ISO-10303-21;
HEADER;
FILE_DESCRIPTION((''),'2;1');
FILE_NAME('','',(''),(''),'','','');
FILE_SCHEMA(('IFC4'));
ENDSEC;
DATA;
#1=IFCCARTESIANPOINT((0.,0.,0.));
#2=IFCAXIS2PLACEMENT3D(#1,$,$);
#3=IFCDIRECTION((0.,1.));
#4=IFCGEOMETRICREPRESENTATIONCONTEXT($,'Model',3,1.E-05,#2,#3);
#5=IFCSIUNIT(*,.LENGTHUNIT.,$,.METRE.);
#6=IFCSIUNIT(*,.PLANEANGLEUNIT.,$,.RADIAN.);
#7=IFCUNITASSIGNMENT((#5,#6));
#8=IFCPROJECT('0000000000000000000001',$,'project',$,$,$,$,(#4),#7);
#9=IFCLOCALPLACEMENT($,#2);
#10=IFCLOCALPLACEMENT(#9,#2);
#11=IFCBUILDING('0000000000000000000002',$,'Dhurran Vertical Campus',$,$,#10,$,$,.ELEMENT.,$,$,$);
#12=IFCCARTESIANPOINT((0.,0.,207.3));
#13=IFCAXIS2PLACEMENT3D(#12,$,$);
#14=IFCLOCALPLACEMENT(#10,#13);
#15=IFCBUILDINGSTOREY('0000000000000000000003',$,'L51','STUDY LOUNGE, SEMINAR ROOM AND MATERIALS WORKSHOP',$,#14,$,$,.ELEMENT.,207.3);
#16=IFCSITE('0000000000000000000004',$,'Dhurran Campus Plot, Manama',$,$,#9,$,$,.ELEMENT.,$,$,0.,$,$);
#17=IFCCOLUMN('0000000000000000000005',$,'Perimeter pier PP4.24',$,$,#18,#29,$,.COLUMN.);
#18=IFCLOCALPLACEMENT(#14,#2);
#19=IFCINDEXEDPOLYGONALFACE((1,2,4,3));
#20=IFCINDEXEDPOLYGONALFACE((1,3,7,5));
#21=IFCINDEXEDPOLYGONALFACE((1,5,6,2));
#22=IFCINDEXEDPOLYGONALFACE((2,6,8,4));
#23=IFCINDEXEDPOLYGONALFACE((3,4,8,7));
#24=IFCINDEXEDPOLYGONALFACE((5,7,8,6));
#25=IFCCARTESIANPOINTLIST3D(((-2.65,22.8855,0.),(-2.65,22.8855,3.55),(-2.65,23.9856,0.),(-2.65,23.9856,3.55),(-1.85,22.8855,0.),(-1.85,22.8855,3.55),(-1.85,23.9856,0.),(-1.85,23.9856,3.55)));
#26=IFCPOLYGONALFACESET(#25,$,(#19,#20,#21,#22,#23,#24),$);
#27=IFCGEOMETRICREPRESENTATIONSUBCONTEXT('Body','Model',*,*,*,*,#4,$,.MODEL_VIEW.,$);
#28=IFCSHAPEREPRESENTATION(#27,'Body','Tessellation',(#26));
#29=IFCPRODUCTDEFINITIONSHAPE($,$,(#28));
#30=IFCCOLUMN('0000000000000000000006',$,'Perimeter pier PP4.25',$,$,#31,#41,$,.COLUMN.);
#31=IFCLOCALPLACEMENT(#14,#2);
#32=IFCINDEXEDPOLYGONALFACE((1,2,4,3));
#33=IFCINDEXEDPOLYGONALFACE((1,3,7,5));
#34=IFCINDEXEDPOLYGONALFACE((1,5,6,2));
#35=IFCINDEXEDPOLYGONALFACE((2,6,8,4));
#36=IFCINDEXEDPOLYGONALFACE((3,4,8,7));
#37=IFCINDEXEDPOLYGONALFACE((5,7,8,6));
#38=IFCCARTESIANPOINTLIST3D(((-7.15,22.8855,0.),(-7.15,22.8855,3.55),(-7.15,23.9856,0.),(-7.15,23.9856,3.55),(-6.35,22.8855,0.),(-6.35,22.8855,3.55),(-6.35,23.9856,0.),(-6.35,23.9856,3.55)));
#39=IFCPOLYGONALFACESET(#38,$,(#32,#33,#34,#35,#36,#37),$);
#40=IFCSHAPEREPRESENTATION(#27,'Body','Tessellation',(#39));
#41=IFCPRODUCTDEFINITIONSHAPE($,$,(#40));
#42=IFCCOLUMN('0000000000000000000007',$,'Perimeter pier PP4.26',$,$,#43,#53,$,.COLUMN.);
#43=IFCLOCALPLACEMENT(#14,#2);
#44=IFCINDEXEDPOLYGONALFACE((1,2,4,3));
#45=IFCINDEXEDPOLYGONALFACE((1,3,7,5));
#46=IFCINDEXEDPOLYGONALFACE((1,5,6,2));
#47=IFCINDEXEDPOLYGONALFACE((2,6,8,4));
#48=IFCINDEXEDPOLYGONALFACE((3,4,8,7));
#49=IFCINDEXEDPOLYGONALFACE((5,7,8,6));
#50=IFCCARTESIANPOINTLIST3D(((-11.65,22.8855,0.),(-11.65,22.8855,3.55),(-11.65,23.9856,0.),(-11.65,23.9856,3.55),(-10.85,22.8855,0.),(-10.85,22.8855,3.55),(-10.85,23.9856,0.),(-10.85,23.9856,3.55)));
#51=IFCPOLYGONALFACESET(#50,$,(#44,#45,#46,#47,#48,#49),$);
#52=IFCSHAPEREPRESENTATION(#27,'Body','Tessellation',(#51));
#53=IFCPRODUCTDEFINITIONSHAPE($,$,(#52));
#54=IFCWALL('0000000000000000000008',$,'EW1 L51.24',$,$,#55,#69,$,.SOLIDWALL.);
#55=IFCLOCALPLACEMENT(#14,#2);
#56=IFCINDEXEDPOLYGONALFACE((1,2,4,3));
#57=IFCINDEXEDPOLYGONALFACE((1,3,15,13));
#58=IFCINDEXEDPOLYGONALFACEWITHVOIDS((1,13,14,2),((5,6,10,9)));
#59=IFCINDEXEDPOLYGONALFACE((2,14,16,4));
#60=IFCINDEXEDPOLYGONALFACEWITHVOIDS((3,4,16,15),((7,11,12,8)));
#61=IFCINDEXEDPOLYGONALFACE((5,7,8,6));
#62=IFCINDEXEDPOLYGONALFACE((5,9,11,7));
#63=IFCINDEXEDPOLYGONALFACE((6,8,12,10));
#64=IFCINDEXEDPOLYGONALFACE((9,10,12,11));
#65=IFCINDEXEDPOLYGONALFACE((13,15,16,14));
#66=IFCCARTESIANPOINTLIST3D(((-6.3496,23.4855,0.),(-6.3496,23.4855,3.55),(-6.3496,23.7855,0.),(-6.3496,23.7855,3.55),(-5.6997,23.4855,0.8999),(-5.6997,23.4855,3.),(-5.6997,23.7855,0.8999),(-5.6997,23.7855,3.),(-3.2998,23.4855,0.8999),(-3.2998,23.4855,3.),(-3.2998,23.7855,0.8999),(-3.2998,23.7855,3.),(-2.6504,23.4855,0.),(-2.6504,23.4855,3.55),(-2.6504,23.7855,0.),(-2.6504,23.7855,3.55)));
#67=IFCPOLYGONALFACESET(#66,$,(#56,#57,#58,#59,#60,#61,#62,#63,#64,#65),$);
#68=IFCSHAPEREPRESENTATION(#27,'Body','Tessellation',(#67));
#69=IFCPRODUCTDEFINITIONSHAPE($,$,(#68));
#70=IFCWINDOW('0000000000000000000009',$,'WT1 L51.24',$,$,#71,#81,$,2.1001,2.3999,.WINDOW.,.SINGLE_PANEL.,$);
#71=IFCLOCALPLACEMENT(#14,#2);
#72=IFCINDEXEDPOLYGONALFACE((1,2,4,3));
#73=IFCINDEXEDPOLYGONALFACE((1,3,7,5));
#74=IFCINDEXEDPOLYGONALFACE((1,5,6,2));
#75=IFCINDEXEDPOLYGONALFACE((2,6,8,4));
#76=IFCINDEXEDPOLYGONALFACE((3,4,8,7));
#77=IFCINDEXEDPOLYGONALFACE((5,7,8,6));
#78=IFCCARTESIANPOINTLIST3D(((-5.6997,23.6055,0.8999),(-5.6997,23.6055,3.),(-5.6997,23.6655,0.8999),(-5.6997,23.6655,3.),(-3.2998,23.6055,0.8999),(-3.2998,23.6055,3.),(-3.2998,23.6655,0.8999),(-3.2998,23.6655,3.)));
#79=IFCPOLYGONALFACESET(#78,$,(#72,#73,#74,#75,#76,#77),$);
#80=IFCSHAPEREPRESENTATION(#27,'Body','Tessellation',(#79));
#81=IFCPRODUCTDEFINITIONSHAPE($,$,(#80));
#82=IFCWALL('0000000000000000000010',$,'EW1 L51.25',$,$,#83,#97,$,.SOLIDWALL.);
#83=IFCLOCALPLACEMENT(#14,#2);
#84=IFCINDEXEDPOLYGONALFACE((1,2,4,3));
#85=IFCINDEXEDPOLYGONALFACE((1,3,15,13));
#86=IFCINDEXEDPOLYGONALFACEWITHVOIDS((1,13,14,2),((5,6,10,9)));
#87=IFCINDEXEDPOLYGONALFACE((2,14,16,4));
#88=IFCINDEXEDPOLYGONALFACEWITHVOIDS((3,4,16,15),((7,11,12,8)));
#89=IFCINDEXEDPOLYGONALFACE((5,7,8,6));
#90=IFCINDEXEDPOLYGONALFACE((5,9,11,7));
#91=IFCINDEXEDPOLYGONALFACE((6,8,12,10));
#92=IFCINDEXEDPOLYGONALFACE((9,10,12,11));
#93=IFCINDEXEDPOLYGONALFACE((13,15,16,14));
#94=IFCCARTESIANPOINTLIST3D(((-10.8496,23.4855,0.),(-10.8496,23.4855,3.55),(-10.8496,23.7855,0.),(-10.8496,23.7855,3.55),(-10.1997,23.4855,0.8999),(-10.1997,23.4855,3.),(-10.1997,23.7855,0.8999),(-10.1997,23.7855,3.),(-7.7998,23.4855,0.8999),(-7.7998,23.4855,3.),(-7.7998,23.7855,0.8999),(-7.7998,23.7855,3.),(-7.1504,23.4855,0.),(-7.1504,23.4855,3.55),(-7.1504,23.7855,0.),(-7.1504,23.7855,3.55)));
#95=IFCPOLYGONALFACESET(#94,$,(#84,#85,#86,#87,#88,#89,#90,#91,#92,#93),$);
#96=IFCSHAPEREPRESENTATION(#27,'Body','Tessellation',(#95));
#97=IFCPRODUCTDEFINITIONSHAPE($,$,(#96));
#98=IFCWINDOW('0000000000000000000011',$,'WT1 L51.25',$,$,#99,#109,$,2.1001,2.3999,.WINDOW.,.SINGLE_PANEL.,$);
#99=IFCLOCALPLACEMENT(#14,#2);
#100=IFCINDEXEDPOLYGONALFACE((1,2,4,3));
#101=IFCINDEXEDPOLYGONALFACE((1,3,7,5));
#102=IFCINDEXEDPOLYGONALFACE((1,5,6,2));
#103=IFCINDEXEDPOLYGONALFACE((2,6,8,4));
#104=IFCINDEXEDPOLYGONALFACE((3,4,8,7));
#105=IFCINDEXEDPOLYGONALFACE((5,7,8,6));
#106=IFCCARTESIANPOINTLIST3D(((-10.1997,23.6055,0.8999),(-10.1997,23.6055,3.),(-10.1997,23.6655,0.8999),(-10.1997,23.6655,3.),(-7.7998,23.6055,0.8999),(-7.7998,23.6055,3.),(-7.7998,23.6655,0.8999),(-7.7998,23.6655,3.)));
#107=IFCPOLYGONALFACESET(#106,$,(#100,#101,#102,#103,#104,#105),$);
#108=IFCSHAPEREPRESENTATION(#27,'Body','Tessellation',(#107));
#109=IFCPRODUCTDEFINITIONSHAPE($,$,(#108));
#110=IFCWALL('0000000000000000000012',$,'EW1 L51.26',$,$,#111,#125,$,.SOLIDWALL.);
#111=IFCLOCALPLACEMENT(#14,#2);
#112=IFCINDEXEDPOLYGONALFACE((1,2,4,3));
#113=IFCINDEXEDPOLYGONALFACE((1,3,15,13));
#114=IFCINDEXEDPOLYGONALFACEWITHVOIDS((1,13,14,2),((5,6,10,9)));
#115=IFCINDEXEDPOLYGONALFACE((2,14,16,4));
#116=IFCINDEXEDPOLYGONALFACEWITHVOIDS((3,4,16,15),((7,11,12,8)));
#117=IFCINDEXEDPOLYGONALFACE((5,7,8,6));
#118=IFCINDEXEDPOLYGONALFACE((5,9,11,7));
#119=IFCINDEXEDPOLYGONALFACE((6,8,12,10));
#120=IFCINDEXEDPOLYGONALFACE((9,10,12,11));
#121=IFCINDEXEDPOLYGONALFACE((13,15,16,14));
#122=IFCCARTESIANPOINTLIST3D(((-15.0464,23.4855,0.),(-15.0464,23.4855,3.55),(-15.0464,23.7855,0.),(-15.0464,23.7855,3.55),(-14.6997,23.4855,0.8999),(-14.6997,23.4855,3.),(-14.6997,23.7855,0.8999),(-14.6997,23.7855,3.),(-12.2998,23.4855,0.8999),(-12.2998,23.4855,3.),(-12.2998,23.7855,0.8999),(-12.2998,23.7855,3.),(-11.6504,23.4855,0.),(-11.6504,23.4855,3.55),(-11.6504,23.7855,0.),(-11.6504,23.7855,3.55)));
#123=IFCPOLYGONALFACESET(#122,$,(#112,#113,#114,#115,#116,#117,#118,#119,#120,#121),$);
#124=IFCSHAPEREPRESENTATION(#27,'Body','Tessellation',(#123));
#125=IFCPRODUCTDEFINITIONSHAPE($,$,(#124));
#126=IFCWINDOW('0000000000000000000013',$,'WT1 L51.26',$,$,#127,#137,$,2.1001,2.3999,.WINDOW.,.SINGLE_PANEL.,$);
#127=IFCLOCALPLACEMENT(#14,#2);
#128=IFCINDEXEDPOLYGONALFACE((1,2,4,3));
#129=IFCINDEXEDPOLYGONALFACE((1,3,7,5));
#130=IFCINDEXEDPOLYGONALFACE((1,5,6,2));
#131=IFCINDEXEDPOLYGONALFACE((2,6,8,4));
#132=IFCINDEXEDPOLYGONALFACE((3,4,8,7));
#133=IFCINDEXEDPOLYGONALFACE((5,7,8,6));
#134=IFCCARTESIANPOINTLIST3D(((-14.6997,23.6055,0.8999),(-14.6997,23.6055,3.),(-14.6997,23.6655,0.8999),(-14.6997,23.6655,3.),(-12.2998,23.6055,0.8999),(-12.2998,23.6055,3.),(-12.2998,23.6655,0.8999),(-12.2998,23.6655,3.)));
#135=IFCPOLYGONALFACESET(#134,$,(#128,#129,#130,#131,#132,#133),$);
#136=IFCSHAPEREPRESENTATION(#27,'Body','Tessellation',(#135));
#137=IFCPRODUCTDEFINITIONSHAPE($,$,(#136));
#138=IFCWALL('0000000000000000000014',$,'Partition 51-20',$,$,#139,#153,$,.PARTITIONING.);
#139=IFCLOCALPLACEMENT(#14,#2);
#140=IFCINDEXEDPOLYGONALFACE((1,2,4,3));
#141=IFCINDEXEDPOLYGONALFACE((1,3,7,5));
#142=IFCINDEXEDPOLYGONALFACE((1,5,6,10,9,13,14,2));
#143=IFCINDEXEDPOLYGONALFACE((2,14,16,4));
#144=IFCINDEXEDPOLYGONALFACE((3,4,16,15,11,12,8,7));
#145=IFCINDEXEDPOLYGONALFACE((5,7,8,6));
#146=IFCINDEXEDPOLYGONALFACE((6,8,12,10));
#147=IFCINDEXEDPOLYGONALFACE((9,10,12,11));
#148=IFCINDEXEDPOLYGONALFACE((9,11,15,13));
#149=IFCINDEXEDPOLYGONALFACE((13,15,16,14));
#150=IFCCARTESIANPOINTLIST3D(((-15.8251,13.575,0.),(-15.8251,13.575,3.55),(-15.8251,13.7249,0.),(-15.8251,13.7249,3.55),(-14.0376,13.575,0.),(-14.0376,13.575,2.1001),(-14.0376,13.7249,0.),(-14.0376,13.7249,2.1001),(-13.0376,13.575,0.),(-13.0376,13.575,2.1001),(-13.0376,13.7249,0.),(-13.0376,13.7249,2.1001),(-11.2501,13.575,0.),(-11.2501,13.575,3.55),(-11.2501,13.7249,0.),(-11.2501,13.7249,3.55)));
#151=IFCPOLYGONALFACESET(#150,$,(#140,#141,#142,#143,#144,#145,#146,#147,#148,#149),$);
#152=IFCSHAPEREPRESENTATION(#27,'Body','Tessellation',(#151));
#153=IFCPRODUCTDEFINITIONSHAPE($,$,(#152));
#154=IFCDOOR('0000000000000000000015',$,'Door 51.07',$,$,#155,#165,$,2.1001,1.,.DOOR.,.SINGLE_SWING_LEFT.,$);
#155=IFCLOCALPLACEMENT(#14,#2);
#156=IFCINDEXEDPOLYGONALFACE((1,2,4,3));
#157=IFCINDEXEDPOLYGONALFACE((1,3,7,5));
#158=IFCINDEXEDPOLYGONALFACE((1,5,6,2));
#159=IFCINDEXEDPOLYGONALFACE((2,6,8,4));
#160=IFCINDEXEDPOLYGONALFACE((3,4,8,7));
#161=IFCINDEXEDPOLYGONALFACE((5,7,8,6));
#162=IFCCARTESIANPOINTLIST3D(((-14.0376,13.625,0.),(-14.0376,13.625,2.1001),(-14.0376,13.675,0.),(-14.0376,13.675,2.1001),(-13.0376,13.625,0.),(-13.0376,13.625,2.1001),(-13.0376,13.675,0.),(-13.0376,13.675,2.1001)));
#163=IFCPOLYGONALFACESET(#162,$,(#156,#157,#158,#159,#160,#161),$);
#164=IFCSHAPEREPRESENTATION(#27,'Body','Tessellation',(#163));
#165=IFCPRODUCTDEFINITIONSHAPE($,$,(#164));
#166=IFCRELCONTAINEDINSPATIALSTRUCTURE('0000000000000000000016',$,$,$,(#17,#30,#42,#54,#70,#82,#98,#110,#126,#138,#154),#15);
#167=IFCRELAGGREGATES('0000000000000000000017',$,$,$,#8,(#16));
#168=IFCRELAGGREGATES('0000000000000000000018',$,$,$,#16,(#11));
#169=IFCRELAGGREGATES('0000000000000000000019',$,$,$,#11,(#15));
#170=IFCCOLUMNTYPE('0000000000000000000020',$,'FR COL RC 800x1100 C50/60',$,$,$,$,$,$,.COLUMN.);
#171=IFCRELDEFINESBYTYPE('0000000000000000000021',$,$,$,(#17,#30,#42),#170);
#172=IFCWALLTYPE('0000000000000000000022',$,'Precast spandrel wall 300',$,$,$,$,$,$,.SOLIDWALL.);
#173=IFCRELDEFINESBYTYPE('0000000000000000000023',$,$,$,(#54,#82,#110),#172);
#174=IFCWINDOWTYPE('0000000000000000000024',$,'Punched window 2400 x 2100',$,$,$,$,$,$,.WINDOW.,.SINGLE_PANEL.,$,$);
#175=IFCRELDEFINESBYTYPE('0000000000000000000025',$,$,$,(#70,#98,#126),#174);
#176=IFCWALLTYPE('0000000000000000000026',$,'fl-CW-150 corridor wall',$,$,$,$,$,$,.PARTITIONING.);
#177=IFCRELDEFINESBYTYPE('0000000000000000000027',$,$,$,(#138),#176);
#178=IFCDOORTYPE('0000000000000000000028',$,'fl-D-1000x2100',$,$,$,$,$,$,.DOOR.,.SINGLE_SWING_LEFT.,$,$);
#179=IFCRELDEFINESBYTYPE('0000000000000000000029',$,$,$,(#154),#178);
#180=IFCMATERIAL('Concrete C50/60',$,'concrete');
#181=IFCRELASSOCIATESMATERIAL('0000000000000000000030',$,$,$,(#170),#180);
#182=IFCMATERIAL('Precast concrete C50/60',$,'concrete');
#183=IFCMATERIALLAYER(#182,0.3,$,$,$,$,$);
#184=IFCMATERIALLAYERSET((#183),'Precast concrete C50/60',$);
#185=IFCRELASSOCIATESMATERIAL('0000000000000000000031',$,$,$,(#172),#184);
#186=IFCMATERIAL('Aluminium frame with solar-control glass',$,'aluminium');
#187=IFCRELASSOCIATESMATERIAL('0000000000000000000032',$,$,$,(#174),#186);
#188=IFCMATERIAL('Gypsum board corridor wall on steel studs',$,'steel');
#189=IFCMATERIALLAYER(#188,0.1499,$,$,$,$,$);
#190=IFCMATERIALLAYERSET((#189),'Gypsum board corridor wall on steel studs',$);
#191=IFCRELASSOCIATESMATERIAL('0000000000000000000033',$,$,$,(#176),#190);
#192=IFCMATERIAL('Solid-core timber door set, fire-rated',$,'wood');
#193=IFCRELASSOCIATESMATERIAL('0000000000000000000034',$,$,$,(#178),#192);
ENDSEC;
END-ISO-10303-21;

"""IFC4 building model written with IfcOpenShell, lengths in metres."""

from ifc_helpers import new_model, si_unit, direction, frame, frame_2d, origin, origin_2d, place, context, subcontext, project, spatial, rectangle, extrude, material, layer, layer_set, material_profile, profile_set, type_object, element, fill, save


model = new_model("IFC4")

# Units and contexts
model_context = context("Model", 3, precision=1e-05, world=origin(), true_north=direction((0.0, 1.0)))
body_context = subcontext(model_context, "Body", "Model", "MODEL_VIEW")
ifc_project = project(units=[si_unit("LENGTHUNIT", "METRE"), si_unit("PLANEANGLEUNIT", "RADIAN")], contexts=[model_context])

# Site, building, storey
site_placement = place(None, origin())
site = spatial("IfcSite", under=ifc_project, at=site_placement, Name="Dhurran Campus Plot, Manama", CompositionType="ELEMENT", RefElevation=0.0)
building_placement = place(site_placement, origin())
building = spatial("IfcBuilding", under=site, at=building_placement, Name="Dhurran Vertical Campus", CompositionType="ELEMENT")
storey_placement = place(building_placement, frame((0.0, 0.0, 207.3)))
storey = spatial("IfcBuildingStorey", under=building, at=storey_placement, Name="L51", Description="STUDY LOUNGE, SEMINAR ROOM AND MATERIALS WORKSHOP", CompositionType="ELEMENT", Elevation=207.3)

# Columns
ifc_material_1 = material(Name="Concrete C50/60", Category="concrete")
ifc_material_profile = material_profile(ifc_material_1, rectangle(XDim=0.8, YDim=1.1001, at=origin_2d()), Name="RC 800x1100")
ifc_profile_set = profile_set([ifc_material_profile], Name="Concrete C50/60")
column_type = type_object("IfcColumnType", Name="FR COL RC 800x1100 C50/60", PredefinedType="COLUMN", material=ifc_profile_set)
for number, where, z_axis, x_axis, name in (
    (1, (-2.25, 23.4355, 0.0), (0.0, 0.0, 1.0), (-1.0, 0.0, 0.0), "Perimeter pier PP4.24"),
    (2, (-6.75, 23.4355, 0.0), (0.0, 0.0, 1.0), (-1.0, 0.0, 0.0), "Perimeter pier PP4.25"),
    (3, (-11.25, 23.4355, 0.0), (0.0, 0.0, 1.0), (-1.0, 0.0, 0.0), "Perimeter pier PP4.26"),
):
    element("IfcColumn", number, at=place(storey_placement, frame(where, z_axis=z_axis, x_axis=x_axis)), inside=storey, type_object=column_type, Name=name, PredefinedType="COLUMN", context=body_context, shape_type="SweptSolid", body=[
        extrude(rectangle(XDim=0.8, YDim=1.1001, at=origin_2d()), origin(), (0.0, 0.0, 1.0), 3.55),
    ])

# Walls, openings, windows
ifc_material_2 = material(Name="Precast concrete C50/60", Category="concrete")
ifc_layer_1 = layer(ifc_material_2, 0.3)
ifc_layer_set_1 = layer_set([ifc_layer_1], Name="Precast concrete C50/60")
wall_type_1 = type_object("IfcWallType", Name="Precast spandrel wall 300", PredefinedType="SOLIDWALL", material=ifc_layer_set_1)
wall_1_placement = place(storey_placement, frame((-2.6504, 23.6355, 0.0), z_axis=(0.0, 0.0, 1.0), x_axis=(-1.0, 0.0, 0.0)))
wall_1 = element("IfcWall", 4, at=wall_1_placement, inside=storey, type_object=wall_type_1, Name="EW1 L51.24", PredefinedType="SOLIDWALL", context=body_context, shape_type="SweptSolid", body=[
    extrude(rectangle(XDim=3.6992, YDim=0.3, at=frame_2d((1.8496, 0.0))), origin(), (0.0, 0.0, 1.0), 3.55),
])
opening_1_placement = place(wall_1_placement, frame((0.6494, 0.0, 0.8999)))
opening_1 = element("IfcOpeningElement", 5, at=opening_1_placement, cuts=wall_1, PredefinedType="OPENING", context=body_context, shape_type="SweptSolid", body=[
    extrude(rectangle(XDim=2.3999, YDim=2.1001, at=frame_2d((1.2, 1.05))), frame((0.0, 0.1599, 0.0), z_axis=(0.0, -1.0, 0.0), x_axis=(1.0, 0.0, 0.0)), (0.0, 0.0, 1.0), 0.3201),
])
ifc_material_3 = material(Name="Aluminium frame with solar-control glass", Category="aluminium")
window_type = type_object("IfcWindowType", Name="Punched window 2400 x 2100", PartitioningType="SINGLE_PANEL", PredefinedType="WINDOW", material=ifc_material_3)
window_1_placement = place(opening_1_placement, origin())
window_1 = element("IfcWindow", 6, at=window_1_placement, inside=storey, type_object=window_type, Name="WT1 L51.24", OverallHeight=2.1001, OverallWidth=2.3999, PartitioningType="SINGLE_PANEL", PredefinedType="WINDOW", context=body_context, shape_type="SweptSolid", body=[
    extrude(rectangle(XDim=2.3999, YDim=2.1001, at=frame_2d((1.2, 1.05))), frame((0.0, 0.03, 0.0), z_axis=(0.0, -1.0, 0.0), x_axis=(1.0, 0.0, 0.0)), (0.0, 0.0, 1.0), 0.0601),
])
fill(opening_1, window_1)
wall_2_placement = place(storey_placement, frame((-7.1504, 23.6355, 0.0), z_axis=(0.0, 0.0, 1.0), x_axis=(-1.0, 0.0, 0.0)))
wall_2 = element("IfcWall", 7, at=wall_2_placement, inside=storey, type_object=wall_type_1, Name="EW1 L51.25", PredefinedType="SOLIDWALL", context=body_context, shape_type="SweptSolid", body=[
    extrude(rectangle(XDim=3.6992, YDim=0.3, at=frame_2d((1.8496, 0.0))), origin(), (0.0, 0.0, 1.0), 3.55),
])
opening_2_placement = place(wall_2_placement, frame((0.6494, 0.0, 0.8999)))
opening_2 = element("IfcOpeningElement", 8, at=opening_2_placement, cuts=wall_2, PredefinedType="OPENING", context=body_context, shape_type="SweptSolid", body=[
    extrude(rectangle(XDim=2.3999, YDim=2.1001, at=frame_2d((1.2, 1.05))), frame((0.0, 0.1599, 0.0), z_axis=(0.0, -1.0, 0.0), x_axis=(1.0, 0.0, 0.0)), (0.0, 0.0, 1.0), 0.3201),
])
window_2_placement = place(opening_2_placement, origin())
window_2 = element("IfcWindow", 9, at=window_2_placement, inside=storey, type_object=window_type, Name="WT1 L51.25", OverallHeight=2.1001, OverallWidth=2.3999, PartitioningType="SINGLE_PANEL", PredefinedType="WINDOW", context=body_context, shape_type="SweptSolid", body=[
    extrude(rectangle(XDim=2.3999, YDim=2.1001, at=frame_2d((1.2, 1.05))), frame((0.0, 0.03, 0.0), z_axis=(0.0, -1.0, 0.0), x_axis=(1.0, 0.0, 0.0)), (0.0, 0.0, 1.0), 0.0601),
])
fill(opening_2, window_2)
wall_3_placement = place(storey_placement, frame((-11.6504, 23.6355, 0.0), z_axis=(0.0, 0.0, 1.0), x_axis=(-1.0, 0.0, 0.0)))
wall_3 = element("IfcWall", 10, at=wall_3_placement, inside=storey, type_object=wall_type_1, Name="EW1 L51.26", PredefinedType="SOLIDWALL", context=body_context, shape_type="SweptSolid", body=[
    extrude(rectangle(XDim=3.396, YDim=0.3, at=frame_2d((1.698, 0.0))), origin(), (0.0, 0.0, 1.0), 3.55),
])
opening_3_placement = place(wall_3_placement, frame((0.6494, 0.0, 0.8999)))
opening_3 = element("IfcOpeningElement", 11, at=opening_3_placement, cuts=wall_3, PredefinedType="OPENING", context=body_context, shape_type="SweptSolid", body=[
    extrude(rectangle(XDim=2.3999, YDim=2.1001, at=frame_2d((1.2, 1.05))), frame((0.0, 0.1599, 0.0), z_axis=(0.0, -1.0, 0.0), x_axis=(1.0, 0.0, 0.0)), (0.0, 0.0, 1.0), 0.3201),
])
window_3_placement = place(opening_3_placement, origin())
window_3 = element("IfcWindow", 12, at=window_3_placement, inside=storey, type_object=window_type, Name="WT1 L51.26", OverallHeight=2.1001, OverallWidth=2.3999, PartitioningType="SINGLE_PANEL", PredefinedType="WINDOW", context=body_context, shape_type="SweptSolid", body=[
    extrude(rectangle(XDim=2.3999, YDim=2.1001, at=frame_2d((1.2, 1.05))), frame((0.0, 0.03, 0.0), z_axis=(0.0, -1.0, 0.0), x_axis=(1.0, 0.0, 0.0)), (0.0, 0.0, 1.0), 0.0601),
])
fill(opening_3, window_3)

# Wall, opening, door
ifc_material_4 = material(Name="Gypsum board corridor wall on steel studs", Category="steel")
ifc_layer_2 = layer(ifc_material_4, 0.1499)
ifc_layer_set_2 = layer_set([ifc_layer_2], Name="Gypsum board corridor wall on steel studs")
wall_type_2 = type_object("IfcWallType", Name="fl-CW-150 corridor wall", PredefinedType="PARTITIONING", material=ifc_layer_set_2)
wall_4_placement = place(storey_placement, frame((-11.25, 13.6499, 0.0), z_axis=(0.0, 0.0, 1.0), x_axis=(-1.0, 0.0, 0.0)))
wall_4 = element("IfcWall", 13, at=wall_4_placement, inside=storey, type_object=wall_type_2, Name="Partition 51-20", PredefinedType="PARTITIONING", context=body_context, shape_type="SweptSolid", body=[
    extrude(rectangle(XDim=4.575, YDim=0.1499, at=frame_2d((2.2876, 0.0))), origin(), (0.0, 0.0, 1.0), 3.55),
])
opening_4_placement = place(wall_4_placement, frame((1.7876, 0.0, 0.0)))
opening_4 = element("IfcOpeningElement", 14, at=opening_4_placement, cuts=wall_4, PredefinedType="OPENING", context=body_context, shape_type="SweptSolid", body=[
    extrude(rectangle(XDim=1.0, YDim=2.1001, at=frame_2d((0.5, 1.05))), frame((0.0, 0.085, 0.0), z_axis=(0.0, -1.0, 0.0), x_axis=(1.0, 0.0, 0.0)), (0.0, 0.0, 1.0), 0.1699),
])
ifc_material_5 = material(Name="Solid-core timber door set, fire-rated", Category="wood")
door_type = type_object("IfcDoorType", Name="fl-D-1000x2100", OperationType="SINGLE_SWING_LEFT", PredefinedType="DOOR", material=ifc_material_5)
door_1_placement = place(opening_4_placement, origin())
door_1 = element("IfcDoor", 15, at=door_1_placement, inside=storey, type_object=door_type, Name="Door 51.07", OperationType="SINGLE_SWING_LEFT", OverallHeight=2.1001, OverallWidth=1.0, PredefinedType="DOOR", context=body_context, shape_type="SweptSolid", body=[
    extrude(rectangle(XDim=1.0, YDim=2.1001, at=frame_2d((0.5, 1.05))), frame((0.0, 0.0249, 0.0), z_axis=(0.0, -1.0, 0.0), x_axis=(1.0, 0.0, 0.0)), (0.0, 0.0, 1.0), 0.05),
])
fill(opening_4, door_1)

save(model, "model.ifc")
